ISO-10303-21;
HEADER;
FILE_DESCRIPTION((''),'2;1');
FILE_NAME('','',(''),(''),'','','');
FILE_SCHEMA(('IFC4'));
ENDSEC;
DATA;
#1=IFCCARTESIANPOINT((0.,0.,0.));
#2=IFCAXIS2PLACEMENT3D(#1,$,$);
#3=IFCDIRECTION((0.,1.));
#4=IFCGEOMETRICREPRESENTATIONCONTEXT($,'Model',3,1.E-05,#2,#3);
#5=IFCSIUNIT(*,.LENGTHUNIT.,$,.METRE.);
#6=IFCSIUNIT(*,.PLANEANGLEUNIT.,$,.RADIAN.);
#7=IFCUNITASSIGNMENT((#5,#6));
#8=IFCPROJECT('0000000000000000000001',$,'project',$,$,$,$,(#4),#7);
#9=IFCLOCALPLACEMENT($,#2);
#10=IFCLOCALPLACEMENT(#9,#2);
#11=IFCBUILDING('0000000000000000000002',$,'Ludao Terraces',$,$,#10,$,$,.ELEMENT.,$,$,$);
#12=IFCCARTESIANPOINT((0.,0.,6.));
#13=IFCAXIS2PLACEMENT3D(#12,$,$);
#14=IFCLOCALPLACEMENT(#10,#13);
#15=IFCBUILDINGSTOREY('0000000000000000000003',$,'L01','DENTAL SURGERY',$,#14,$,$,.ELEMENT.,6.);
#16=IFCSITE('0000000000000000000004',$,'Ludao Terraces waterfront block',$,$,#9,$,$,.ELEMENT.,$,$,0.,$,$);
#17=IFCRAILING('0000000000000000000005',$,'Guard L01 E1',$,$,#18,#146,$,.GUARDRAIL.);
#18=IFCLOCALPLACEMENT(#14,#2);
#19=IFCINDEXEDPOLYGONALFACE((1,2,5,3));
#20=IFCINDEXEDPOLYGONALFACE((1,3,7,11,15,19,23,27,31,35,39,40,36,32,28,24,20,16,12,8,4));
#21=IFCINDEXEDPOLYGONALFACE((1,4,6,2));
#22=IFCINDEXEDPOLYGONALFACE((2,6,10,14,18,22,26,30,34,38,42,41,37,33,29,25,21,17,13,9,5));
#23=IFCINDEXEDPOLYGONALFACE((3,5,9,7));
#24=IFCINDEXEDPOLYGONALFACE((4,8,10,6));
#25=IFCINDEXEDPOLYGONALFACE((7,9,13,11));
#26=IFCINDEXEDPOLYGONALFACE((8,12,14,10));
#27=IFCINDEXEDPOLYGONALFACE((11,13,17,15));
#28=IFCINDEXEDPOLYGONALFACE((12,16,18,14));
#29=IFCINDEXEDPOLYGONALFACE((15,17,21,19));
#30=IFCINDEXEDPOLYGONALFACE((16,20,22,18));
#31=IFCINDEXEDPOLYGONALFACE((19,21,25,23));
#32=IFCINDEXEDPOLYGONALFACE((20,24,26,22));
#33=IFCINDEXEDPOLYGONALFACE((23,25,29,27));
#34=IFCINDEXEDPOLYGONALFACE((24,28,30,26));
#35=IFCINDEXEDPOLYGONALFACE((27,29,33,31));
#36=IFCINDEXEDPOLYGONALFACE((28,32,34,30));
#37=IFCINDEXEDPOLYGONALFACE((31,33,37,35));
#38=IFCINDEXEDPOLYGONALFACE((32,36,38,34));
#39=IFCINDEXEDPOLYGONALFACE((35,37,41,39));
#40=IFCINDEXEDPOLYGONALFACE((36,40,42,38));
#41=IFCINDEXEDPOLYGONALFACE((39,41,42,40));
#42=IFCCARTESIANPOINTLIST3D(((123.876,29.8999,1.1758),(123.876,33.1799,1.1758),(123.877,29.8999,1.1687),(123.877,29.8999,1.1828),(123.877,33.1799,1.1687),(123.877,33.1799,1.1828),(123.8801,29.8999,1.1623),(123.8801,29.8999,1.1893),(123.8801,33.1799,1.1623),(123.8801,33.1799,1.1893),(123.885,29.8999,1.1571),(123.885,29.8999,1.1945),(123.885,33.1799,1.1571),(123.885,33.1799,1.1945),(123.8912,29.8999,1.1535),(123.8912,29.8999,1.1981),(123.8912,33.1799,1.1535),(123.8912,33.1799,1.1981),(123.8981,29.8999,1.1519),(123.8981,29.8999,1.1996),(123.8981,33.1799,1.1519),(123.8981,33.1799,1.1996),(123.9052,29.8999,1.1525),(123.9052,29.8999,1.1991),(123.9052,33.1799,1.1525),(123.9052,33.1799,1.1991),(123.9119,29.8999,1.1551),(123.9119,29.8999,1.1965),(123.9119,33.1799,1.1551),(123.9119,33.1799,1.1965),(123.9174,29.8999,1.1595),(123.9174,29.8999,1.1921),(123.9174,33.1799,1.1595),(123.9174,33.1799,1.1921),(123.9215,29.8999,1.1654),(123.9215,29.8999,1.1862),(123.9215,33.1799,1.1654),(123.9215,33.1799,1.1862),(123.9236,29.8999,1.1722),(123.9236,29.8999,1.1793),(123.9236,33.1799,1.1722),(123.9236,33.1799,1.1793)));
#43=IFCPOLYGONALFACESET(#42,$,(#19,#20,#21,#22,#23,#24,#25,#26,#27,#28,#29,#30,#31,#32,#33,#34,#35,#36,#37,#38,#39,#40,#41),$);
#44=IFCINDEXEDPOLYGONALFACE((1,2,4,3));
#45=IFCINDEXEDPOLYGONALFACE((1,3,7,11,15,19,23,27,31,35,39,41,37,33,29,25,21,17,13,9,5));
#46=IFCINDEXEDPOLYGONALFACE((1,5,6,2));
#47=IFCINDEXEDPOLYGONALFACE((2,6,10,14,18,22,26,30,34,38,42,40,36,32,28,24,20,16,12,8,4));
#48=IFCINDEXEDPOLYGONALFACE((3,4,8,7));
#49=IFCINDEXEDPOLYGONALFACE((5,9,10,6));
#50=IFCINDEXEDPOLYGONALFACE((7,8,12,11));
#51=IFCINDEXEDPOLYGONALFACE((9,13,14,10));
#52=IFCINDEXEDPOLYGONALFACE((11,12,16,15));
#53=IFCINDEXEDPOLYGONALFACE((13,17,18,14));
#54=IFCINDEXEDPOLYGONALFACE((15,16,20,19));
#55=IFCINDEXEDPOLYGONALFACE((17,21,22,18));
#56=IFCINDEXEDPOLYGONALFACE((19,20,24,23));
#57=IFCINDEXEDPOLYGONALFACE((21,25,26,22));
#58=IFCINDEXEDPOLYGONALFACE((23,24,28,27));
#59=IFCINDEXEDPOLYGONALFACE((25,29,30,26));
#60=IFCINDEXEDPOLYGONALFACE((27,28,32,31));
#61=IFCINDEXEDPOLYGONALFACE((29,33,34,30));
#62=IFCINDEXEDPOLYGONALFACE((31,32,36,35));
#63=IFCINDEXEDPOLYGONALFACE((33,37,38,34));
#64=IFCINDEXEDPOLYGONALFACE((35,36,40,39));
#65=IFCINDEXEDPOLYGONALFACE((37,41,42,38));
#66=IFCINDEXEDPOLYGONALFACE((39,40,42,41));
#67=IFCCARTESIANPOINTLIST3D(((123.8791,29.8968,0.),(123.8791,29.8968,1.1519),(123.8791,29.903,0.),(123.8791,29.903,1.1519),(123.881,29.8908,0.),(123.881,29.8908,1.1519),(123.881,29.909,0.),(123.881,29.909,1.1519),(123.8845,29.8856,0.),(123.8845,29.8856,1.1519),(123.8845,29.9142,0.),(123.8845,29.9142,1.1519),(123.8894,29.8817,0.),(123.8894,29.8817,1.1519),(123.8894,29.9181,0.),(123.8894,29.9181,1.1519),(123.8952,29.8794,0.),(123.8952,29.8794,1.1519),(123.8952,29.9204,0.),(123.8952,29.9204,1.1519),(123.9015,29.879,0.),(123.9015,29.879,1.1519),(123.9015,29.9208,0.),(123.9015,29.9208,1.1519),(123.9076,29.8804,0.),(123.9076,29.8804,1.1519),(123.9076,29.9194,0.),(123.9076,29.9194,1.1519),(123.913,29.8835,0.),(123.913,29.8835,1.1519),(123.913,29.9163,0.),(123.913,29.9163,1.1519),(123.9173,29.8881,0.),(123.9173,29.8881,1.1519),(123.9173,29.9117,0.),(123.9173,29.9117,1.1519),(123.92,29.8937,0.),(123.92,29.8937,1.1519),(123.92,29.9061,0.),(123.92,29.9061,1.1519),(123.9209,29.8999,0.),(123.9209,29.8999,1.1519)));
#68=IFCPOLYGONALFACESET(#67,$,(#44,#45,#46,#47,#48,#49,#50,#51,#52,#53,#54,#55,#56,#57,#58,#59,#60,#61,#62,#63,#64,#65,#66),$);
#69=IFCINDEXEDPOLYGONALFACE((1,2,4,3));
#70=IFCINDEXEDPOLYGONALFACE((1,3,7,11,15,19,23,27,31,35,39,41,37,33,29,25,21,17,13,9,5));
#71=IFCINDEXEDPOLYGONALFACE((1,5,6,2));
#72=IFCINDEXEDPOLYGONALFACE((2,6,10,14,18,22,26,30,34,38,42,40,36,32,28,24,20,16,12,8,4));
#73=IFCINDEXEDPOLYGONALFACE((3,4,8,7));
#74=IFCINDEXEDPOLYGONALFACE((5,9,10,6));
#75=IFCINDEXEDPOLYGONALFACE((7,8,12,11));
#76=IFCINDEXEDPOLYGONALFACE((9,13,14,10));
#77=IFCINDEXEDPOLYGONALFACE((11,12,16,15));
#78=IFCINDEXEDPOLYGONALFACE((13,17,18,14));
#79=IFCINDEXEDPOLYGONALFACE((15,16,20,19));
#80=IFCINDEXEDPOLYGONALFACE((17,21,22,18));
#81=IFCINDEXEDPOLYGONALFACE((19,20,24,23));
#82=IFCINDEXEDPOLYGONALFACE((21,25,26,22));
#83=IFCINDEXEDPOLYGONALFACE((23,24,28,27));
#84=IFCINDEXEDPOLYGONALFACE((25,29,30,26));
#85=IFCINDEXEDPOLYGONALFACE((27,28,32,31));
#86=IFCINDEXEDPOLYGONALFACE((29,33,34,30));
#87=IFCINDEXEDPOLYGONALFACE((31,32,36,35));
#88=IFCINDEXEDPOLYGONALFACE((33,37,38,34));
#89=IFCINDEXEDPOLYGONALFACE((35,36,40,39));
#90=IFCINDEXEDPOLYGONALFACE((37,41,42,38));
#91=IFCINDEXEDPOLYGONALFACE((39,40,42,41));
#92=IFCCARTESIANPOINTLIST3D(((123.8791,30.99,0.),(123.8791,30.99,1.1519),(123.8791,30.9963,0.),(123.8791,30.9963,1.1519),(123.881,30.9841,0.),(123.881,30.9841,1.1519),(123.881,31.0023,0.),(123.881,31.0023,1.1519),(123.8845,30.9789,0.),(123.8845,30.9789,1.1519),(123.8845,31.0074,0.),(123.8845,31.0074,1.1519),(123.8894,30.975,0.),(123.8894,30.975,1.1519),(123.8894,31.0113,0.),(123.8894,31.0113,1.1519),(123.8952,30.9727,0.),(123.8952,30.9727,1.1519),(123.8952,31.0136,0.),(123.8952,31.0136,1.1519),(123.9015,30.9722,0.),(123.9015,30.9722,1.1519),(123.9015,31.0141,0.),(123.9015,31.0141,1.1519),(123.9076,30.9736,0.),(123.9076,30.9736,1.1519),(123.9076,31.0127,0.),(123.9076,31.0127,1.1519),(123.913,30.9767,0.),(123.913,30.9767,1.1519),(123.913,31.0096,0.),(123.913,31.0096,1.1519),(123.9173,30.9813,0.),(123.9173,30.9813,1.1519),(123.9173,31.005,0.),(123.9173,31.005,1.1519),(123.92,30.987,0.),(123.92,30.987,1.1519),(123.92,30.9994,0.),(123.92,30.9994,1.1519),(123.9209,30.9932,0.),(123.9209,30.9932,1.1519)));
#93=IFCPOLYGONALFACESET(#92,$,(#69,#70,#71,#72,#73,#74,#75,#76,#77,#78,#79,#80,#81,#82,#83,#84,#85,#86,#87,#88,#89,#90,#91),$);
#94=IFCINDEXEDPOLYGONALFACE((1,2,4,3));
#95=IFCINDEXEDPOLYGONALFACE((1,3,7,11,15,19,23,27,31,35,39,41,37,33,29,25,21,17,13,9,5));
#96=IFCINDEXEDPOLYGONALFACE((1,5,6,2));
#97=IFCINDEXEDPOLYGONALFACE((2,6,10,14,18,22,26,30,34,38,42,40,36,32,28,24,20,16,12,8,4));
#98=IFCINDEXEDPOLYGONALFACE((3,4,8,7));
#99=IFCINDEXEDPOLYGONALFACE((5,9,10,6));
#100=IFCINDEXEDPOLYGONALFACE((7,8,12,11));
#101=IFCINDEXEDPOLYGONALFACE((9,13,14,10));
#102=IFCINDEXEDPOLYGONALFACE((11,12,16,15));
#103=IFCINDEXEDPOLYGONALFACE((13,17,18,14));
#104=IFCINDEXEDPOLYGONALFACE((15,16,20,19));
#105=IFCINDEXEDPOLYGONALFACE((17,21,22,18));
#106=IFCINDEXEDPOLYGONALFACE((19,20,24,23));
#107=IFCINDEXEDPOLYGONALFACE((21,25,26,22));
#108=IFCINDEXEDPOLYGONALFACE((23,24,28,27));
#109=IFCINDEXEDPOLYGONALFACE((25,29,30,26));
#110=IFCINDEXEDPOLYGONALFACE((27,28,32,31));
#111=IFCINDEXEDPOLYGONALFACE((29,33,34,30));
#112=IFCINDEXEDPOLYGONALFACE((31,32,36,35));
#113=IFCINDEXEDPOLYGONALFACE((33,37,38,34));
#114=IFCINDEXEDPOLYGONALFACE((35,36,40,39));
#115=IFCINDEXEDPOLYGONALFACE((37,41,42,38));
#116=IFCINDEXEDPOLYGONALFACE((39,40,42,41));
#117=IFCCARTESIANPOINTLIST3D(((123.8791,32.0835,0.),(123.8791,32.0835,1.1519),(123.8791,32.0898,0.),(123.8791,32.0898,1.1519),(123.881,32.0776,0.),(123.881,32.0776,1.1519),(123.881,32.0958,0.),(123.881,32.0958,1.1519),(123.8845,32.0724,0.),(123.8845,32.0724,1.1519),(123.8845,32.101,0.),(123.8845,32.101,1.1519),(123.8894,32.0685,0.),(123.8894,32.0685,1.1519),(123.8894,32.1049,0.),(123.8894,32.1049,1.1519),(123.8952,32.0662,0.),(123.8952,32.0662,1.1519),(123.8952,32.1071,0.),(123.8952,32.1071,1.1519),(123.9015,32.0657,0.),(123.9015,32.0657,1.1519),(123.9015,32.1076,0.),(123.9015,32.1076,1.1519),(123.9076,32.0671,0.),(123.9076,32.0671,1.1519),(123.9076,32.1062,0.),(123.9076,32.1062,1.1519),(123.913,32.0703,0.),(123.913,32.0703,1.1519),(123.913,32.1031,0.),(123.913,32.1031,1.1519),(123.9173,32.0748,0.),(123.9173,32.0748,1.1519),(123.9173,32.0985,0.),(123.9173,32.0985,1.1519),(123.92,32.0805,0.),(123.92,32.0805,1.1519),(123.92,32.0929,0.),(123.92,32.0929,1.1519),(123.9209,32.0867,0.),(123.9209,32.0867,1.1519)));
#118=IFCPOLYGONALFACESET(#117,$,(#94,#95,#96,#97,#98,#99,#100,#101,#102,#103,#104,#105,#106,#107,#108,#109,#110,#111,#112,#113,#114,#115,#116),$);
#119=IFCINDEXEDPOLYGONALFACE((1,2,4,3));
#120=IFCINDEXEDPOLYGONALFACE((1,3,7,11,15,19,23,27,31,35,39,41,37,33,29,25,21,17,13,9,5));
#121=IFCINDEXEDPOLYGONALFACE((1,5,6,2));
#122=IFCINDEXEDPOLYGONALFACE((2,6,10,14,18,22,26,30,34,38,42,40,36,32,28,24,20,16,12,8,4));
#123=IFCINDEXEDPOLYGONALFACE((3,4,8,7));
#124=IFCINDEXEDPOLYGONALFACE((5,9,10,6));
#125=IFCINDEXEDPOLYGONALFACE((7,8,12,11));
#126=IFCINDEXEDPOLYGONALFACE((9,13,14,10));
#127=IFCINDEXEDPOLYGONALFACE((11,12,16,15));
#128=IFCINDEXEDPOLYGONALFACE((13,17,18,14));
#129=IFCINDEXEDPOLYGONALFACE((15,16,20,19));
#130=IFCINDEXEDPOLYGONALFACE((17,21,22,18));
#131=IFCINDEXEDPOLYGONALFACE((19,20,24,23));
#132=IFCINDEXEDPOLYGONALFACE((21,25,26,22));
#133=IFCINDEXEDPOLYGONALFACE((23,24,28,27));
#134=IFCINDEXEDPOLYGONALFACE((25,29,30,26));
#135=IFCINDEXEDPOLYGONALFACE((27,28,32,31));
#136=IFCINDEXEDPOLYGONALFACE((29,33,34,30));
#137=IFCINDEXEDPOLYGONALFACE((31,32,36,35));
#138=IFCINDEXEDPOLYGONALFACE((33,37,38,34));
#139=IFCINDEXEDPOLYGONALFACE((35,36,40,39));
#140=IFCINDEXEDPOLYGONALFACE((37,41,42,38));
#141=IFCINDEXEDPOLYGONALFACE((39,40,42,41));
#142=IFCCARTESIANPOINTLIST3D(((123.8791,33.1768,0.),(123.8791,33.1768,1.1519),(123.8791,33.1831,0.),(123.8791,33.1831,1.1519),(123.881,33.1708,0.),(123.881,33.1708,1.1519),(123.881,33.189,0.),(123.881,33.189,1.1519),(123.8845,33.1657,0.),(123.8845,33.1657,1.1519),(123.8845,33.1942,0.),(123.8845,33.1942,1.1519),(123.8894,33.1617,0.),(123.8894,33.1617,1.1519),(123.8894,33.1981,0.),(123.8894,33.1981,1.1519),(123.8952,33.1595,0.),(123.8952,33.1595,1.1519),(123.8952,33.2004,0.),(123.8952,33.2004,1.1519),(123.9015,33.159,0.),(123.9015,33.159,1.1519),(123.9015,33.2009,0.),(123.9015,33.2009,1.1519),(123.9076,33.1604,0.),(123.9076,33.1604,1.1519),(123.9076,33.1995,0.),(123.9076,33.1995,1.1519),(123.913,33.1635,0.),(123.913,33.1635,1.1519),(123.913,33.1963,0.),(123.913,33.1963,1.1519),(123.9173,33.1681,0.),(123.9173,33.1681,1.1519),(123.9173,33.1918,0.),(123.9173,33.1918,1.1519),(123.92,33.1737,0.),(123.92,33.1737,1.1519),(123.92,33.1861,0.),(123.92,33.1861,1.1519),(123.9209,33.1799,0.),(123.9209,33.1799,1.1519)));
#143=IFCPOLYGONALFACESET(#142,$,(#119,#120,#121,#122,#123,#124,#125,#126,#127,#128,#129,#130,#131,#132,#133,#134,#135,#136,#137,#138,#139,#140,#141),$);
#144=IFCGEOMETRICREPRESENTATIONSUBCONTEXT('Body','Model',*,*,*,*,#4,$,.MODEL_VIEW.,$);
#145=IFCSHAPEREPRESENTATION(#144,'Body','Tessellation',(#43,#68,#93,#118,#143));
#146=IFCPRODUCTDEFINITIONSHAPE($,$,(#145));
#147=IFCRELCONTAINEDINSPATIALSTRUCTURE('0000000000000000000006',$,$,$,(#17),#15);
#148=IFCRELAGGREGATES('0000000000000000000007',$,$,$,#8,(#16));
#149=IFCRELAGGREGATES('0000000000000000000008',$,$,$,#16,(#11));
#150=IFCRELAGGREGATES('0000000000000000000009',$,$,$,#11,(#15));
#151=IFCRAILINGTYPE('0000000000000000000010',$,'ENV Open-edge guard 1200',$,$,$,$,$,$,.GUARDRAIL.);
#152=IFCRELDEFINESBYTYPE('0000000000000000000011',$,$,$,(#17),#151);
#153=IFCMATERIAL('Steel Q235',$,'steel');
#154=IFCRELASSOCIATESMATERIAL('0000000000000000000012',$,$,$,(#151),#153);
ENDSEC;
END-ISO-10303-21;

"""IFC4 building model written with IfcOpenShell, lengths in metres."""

from ifc_helpers import new_model, si_unit, direction, frame, origin, origin_2d, place, context, subcontext, project, spatial, circle, extrude, material, type_object, element, save


model = new_model("IFC4")

# Units and contexts
model_context = context("Model", 3, precision=1e-05, world=origin(), true_north=direction((0.0, 1.0)))
body_context = subcontext(model_context, "Body", "Model", "MODEL_VIEW")
ifc_project = project(units=[si_unit("LENGTHUNIT", "METRE"), si_unit("PLANEANGLEUNIT", "RADIAN")], contexts=[model_context])

# Site, building, storey
site_placement = place(None, origin())
site = spatial("IfcSite", under=ifc_project, at=site_placement, Name="Ludao Terraces waterfront block", CompositionType="ELEMENT", RefElevation=0.0)
building_placement = place(site_placement, origin())
building = spatial("IfcBuilding", under=site, at=building_placement, Name="Ludao Terraces", CompositionType="ELEMENT")
storey_placement = place(building_placement, frame((0.0, 0.0, 6.0)))
storey = spatial("IfcBuildingStorey", under=building, at=storey_placement, Name="L01", Description="DENTAL SURGERY", CompositionType="ELEMENT", Elevation=6.0)

# Railing
ifc_material_1 = material(Name="Steel Q235", Category="steel")
railing_type = type_object("IfcRailingType", Name="ENV Open-edge guard 1200", PredefinedType="GUARDRAIL", material=ifc_material_1)
railing_1_placement = place(storey_placement, frame((123.8999, 29.8999, 0.0)))
element("IfcRailing", 1, at=railing_1_placement, inside=storey, type_object=railing_type, Name="Guard L01 E1", PredefinedType="GUARDRAIL", context=body_context, shape_type="SweptSolid", body=[
    extrude(circle(Radius=0.0239, at=origin_2d()), frame((0.0, 0.0, 1.1758), z_axis=(0.0, 1.0, 0.0), x_axis=(-1.0, 0.0, 0.0)), (0.0, 0.0, 1.0), 3.28),
    extrude(circle(Radius=0.021, at=origin_2d()), origin(), (0.0, 0.0, 1.0), 1.1519),
    extrude(circle(Radius=0.021, at=origin_2d()), frame((0.0, 1.0933, 0.0)), (0.0, 0.0, 1.0), 1.1519),
    extrude(circle(Radius=0.021, at=origin_2d()), frame((0.0, 2.1868, 0.0)), (0.0, 0.0, 1.0), 1.1519),
    extrude(circle(Radius=0.021, at=origin_2d()), frame((0.0, 3.28, 0.0)), (0.0, 0.0, 1.0), 1.1519),
])

save(model, "model.ifc")
